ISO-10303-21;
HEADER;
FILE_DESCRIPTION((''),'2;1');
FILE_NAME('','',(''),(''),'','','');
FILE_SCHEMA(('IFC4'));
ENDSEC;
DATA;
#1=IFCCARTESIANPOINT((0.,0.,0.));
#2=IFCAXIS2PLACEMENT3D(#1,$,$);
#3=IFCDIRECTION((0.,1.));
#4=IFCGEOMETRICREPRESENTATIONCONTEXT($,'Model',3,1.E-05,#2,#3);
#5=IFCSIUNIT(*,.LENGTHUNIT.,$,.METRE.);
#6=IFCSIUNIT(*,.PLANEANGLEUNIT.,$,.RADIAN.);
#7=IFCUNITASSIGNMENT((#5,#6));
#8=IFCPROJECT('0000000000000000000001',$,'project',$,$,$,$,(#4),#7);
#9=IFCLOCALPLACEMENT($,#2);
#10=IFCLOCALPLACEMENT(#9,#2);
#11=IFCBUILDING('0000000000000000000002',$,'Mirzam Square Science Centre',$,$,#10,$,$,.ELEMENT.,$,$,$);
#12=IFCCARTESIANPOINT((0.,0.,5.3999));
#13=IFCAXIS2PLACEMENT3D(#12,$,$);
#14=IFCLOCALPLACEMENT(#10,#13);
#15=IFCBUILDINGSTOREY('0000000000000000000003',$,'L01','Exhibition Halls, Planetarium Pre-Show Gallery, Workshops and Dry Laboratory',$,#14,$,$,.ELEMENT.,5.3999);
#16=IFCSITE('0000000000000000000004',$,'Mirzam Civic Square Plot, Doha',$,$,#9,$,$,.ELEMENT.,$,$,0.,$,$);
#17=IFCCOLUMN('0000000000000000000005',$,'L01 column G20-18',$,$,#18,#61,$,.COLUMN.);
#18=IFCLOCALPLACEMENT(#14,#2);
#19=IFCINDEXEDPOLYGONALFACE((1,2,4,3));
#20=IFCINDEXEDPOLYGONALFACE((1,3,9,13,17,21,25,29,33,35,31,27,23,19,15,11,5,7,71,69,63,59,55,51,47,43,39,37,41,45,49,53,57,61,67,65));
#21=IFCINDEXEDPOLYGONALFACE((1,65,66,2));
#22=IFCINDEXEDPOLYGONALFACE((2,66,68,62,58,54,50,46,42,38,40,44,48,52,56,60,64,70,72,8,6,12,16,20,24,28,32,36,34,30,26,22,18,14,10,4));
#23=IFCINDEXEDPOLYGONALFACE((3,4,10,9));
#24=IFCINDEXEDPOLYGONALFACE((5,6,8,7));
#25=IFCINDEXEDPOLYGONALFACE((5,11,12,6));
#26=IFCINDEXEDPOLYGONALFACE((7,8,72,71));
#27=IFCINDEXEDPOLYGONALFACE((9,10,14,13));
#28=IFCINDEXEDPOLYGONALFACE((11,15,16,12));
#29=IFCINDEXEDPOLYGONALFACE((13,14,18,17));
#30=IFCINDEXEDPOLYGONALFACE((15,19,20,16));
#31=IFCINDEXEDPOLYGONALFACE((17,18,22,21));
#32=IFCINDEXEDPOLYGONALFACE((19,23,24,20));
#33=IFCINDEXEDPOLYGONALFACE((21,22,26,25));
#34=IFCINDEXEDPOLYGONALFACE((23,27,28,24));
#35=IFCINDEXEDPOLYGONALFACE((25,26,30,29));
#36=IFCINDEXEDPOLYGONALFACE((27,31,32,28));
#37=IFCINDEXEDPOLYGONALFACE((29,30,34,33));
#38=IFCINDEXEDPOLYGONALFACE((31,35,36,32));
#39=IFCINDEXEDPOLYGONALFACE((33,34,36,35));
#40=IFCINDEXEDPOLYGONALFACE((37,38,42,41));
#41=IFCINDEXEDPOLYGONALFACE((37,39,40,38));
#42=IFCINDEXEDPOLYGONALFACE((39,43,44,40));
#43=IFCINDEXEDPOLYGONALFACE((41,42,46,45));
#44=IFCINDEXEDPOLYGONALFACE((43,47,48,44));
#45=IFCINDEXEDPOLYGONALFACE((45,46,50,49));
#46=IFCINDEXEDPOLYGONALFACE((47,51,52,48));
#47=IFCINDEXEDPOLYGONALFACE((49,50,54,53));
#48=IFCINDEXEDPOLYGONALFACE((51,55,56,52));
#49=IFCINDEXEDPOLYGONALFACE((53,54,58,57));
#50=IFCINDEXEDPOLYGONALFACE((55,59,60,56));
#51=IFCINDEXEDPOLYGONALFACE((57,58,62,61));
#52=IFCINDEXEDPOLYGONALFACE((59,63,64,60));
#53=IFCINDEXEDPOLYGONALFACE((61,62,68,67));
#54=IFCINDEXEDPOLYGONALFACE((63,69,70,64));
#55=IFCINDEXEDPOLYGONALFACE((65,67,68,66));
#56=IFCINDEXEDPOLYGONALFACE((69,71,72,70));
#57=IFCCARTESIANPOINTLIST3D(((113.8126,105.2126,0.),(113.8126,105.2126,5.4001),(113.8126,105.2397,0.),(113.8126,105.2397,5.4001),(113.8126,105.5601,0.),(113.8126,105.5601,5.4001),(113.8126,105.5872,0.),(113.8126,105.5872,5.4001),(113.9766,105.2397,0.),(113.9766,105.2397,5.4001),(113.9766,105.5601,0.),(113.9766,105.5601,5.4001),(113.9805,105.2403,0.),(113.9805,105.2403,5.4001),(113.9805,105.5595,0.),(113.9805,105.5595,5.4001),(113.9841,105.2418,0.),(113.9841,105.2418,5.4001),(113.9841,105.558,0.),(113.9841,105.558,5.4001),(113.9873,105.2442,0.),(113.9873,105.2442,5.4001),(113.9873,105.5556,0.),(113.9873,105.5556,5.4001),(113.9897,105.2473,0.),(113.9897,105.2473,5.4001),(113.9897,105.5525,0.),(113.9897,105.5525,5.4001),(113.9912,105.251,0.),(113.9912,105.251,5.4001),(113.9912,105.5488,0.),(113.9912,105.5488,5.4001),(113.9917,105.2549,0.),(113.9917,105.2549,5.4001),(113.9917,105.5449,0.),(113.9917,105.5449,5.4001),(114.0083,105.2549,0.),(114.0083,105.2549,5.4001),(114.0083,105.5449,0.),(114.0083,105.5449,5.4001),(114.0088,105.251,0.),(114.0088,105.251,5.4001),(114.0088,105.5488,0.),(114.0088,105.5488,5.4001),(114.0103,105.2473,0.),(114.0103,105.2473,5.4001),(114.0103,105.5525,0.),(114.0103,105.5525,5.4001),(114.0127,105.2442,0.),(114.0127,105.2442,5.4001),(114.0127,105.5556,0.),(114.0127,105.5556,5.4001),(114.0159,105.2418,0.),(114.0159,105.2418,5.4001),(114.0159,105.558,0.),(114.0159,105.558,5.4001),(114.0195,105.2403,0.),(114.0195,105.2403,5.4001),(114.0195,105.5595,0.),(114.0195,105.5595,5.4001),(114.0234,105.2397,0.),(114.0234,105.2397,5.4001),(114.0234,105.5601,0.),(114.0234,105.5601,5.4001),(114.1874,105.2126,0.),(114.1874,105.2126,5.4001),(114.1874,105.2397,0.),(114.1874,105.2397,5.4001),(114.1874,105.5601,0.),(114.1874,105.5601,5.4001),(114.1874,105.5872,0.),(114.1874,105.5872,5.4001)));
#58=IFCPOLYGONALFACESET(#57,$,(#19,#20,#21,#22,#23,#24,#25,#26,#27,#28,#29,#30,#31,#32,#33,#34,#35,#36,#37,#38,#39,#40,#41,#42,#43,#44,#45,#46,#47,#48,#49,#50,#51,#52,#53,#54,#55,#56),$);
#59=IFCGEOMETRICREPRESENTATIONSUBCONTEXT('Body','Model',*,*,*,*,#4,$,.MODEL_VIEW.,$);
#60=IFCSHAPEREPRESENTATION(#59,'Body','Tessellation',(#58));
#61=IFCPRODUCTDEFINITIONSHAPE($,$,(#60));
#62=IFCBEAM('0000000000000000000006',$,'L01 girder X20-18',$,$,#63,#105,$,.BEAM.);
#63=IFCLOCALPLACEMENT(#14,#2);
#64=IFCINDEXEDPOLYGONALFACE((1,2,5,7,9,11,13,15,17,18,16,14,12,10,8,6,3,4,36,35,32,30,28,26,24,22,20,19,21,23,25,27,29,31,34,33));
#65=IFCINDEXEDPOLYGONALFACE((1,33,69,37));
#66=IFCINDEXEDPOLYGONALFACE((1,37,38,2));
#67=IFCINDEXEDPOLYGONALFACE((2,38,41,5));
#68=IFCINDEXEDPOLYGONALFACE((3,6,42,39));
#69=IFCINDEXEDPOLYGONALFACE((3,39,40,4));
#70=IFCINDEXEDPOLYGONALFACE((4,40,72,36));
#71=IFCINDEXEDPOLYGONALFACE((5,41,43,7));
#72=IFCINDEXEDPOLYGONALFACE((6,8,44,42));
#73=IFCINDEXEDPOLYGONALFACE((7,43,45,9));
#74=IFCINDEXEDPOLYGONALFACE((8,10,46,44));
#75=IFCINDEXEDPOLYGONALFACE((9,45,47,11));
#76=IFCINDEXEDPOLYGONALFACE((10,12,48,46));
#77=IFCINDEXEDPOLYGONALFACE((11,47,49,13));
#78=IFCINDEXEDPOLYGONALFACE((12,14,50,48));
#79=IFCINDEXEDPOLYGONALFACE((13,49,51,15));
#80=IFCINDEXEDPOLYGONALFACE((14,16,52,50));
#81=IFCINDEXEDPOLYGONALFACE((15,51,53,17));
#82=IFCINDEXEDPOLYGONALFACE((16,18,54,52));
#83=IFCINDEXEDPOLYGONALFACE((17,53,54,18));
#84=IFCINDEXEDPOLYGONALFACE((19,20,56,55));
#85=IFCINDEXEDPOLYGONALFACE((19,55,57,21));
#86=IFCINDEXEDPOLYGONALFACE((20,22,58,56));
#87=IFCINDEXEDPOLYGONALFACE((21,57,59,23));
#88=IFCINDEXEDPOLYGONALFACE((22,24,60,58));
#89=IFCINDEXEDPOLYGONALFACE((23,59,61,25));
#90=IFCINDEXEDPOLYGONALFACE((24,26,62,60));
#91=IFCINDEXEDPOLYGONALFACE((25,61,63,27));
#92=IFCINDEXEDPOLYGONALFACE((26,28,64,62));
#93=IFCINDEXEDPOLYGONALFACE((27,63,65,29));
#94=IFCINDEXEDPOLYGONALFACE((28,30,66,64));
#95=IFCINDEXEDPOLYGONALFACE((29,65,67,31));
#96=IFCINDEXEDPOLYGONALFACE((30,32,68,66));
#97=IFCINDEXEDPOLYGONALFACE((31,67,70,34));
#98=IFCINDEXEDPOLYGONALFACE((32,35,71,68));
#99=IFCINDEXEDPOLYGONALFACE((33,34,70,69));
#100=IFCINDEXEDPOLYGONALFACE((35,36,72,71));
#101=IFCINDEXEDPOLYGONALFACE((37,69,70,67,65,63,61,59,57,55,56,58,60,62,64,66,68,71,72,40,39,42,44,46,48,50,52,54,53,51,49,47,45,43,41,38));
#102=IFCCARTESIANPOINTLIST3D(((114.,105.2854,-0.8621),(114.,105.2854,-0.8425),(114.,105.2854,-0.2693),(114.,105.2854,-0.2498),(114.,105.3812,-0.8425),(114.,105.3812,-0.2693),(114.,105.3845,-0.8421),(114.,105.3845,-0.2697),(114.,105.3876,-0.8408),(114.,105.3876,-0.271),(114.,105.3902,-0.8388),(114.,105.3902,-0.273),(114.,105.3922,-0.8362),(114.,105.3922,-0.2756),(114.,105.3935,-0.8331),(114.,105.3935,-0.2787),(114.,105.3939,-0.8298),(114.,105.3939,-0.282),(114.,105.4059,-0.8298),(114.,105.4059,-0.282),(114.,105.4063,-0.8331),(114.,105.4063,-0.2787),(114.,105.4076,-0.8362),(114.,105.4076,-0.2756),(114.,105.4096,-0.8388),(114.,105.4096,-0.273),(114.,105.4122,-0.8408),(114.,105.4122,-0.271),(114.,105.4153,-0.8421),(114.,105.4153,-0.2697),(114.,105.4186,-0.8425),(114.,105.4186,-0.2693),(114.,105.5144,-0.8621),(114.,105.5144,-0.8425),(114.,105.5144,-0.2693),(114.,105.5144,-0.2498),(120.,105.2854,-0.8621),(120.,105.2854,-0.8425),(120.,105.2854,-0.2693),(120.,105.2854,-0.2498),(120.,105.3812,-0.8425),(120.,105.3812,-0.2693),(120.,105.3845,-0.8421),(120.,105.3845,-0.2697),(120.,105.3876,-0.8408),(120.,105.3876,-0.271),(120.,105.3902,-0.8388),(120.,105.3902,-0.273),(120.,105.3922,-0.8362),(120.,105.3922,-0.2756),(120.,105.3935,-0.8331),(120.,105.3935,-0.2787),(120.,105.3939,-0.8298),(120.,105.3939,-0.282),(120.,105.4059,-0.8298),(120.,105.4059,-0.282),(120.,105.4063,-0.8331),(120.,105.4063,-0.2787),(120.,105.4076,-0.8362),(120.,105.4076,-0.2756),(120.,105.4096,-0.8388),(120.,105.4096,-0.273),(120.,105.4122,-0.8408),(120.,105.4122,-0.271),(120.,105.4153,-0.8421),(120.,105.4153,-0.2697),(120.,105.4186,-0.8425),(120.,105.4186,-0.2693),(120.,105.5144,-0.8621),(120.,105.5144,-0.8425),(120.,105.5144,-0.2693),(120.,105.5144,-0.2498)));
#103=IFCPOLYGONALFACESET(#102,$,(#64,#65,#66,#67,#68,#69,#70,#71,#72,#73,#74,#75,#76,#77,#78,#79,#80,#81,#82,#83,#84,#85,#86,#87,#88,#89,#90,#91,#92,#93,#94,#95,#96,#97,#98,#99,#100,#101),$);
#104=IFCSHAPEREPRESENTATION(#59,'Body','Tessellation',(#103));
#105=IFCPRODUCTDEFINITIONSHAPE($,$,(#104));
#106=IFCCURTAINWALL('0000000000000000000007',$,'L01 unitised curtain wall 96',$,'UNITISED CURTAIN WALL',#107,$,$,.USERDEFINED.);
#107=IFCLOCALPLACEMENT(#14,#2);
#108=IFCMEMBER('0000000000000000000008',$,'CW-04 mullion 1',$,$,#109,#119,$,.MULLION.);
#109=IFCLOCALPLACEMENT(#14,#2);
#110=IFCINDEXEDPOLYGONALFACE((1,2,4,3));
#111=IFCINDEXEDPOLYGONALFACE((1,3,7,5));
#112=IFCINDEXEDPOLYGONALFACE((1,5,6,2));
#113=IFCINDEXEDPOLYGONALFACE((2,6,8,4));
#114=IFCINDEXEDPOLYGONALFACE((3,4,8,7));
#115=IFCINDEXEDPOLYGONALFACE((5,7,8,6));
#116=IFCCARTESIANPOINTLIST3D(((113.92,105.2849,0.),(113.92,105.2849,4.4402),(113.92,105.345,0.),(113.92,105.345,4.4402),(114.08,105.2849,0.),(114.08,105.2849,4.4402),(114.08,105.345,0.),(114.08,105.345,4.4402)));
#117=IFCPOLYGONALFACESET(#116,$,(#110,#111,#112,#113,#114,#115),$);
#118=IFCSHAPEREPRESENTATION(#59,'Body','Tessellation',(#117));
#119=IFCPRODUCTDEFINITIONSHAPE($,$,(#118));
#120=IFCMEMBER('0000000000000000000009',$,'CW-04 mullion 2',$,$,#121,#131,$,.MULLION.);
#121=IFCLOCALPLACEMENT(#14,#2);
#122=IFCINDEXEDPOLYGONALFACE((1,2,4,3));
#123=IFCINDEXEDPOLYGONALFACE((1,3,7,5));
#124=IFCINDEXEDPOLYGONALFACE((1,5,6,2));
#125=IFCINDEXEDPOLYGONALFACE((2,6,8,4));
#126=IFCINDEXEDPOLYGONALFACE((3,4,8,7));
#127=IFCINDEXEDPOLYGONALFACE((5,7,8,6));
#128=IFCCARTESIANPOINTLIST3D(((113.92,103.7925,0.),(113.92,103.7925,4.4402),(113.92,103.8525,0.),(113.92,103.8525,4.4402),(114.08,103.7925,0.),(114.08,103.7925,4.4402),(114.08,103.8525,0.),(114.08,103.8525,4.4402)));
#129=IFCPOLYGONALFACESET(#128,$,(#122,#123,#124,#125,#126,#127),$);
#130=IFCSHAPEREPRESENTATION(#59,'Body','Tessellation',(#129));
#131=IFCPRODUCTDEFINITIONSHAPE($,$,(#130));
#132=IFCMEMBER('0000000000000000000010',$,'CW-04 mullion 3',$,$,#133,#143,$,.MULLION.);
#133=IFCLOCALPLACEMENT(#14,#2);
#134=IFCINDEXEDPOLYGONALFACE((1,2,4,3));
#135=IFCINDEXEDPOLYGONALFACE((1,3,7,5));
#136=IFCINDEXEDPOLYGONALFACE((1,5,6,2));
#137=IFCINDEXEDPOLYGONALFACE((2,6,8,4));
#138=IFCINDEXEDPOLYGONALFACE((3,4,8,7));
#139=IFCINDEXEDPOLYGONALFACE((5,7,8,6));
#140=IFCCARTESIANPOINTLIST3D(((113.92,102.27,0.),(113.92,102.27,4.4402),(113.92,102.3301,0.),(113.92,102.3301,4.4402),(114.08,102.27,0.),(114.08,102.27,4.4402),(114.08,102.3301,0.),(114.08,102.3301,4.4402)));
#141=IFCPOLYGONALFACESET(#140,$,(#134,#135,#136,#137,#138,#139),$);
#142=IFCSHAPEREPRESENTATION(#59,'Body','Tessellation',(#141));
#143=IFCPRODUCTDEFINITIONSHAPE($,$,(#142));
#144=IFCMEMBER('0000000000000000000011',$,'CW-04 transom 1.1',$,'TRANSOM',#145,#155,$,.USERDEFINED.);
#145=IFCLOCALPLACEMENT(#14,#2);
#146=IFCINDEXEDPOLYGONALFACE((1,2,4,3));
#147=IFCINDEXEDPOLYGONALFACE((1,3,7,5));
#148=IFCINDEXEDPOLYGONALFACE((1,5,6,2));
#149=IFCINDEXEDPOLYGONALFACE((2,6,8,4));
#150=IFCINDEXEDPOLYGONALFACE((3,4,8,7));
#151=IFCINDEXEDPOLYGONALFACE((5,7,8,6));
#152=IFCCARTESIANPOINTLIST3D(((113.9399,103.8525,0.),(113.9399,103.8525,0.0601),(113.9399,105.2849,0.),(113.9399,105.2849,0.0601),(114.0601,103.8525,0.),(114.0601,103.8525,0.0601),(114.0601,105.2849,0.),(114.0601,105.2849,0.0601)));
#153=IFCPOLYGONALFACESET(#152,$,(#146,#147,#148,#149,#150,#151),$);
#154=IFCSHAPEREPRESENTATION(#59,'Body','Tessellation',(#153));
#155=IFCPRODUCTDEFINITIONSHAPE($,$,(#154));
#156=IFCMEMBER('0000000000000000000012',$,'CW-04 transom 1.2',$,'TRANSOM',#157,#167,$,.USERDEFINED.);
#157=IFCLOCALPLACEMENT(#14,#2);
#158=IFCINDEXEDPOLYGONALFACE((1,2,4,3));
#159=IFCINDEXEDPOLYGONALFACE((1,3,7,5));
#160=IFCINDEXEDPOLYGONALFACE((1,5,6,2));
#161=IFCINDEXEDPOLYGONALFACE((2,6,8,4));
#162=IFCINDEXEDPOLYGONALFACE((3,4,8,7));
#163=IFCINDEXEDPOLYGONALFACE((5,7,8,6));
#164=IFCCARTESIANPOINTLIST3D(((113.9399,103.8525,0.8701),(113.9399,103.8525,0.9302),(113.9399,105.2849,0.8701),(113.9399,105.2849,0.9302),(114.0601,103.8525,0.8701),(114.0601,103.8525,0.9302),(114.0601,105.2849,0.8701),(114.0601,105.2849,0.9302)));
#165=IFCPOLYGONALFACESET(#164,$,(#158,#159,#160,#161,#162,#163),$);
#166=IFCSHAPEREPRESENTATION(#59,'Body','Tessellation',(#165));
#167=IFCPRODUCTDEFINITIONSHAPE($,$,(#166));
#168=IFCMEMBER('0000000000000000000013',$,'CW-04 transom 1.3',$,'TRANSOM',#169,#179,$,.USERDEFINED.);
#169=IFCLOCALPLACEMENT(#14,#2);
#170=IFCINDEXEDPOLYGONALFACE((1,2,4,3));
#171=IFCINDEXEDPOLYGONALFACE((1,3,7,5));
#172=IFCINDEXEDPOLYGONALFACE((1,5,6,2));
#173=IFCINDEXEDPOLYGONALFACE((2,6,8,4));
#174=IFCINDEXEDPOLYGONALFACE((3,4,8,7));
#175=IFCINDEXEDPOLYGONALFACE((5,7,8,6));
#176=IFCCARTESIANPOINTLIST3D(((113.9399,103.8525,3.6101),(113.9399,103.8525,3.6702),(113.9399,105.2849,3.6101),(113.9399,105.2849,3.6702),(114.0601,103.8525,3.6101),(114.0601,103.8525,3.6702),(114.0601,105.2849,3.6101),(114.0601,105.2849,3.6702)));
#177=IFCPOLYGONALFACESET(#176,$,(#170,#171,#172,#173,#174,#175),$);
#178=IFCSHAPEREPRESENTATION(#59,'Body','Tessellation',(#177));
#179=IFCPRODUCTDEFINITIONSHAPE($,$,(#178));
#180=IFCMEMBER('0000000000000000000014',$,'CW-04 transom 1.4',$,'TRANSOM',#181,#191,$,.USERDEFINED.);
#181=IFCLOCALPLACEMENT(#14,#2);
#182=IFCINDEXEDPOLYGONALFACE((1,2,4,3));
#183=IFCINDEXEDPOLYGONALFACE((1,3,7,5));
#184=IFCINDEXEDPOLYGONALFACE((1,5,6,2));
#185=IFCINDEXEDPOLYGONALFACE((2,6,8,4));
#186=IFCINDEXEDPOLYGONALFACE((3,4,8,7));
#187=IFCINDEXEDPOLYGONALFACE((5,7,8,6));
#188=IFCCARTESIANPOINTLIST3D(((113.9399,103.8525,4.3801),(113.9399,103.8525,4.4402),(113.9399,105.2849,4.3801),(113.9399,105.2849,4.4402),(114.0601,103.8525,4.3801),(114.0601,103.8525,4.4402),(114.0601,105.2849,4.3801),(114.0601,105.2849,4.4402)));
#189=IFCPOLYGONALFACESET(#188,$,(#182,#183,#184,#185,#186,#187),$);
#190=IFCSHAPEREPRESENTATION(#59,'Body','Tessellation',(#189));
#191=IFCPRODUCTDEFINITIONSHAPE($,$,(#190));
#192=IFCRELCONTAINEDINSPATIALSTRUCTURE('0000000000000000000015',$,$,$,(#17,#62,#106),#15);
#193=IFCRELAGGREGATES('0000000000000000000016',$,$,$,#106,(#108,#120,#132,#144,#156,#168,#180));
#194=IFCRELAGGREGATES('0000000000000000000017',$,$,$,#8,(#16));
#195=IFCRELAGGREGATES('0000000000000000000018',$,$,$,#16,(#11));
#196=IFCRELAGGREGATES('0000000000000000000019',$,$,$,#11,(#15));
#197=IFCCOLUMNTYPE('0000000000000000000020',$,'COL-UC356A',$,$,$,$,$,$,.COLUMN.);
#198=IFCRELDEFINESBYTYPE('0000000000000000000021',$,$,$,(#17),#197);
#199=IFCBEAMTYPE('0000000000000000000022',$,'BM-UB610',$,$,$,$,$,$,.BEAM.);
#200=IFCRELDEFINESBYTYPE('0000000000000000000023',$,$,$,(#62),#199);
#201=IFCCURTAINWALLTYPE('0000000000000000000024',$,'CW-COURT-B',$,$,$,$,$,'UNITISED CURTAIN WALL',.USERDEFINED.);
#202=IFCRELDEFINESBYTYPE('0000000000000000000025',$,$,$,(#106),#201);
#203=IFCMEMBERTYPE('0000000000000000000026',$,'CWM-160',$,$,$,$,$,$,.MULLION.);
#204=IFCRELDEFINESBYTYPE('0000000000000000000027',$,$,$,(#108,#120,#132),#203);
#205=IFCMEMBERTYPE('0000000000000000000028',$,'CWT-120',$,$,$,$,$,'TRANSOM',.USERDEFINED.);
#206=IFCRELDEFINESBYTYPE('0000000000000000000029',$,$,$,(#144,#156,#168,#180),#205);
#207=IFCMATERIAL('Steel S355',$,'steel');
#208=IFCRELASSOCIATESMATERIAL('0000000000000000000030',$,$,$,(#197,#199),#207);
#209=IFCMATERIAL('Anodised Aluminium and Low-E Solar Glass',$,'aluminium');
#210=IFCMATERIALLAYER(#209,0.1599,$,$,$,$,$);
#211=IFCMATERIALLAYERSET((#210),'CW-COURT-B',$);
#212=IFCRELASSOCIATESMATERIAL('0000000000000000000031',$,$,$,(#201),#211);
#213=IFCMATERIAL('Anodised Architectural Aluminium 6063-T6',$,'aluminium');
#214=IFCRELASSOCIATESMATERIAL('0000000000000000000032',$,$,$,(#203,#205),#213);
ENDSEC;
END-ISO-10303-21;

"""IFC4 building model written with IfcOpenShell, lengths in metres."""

from ifc_helpers import new_model, si_unit, direction, frame, origin, origin_2d, place, context, subcontext, project, spatial, rectangle, i_section, extrude, material, layer, layer_set, material_profile, profile_set, type_object, element, aggregate, save


model = new_model("IFC4")

# Units and contexts
model_context = context("Model", 3, precision=1e-05, world=origin(), true_north=direction((0.0, 1.0)))
body_context = subcontext(model_context, "Body", "Model", "MODEL_VIEW")
ifc_project = project(units=[si_unit("LENGTHUNIT", "METRE"), si_unit("PLANEANGLEUNIT", "RADIAN")], contexts=[model_context])

# Site, building, storey
site_placement = place(None, origin())
site = spatial("IfcSite", under=ifc_project, at=site_placement, Name="Mirzam Civic Square Plot, Doha", CompositionType="ELEMENT", RefElevation=0.0)
building_placement = place(site_placement, origin())
building = spatial("IfcBuilding", under=site, at=building_placement, Name="Mirzam Square Science Centre", CompositionType="ELEMENT")
storey_placement = place(building_placement, frame((0.0, 0.0, 5.3999)))
storey = spatial("IfcBuildingStorey", under=building, at=storey_placement, Name="L01", Description="Exhibition Halls, Planetarium Pre-Show Gallery, Workshops and Dry Laboratory", CompositionType="ELEMENT", Elevation=5.3999)

# Column
ifc_material_1 = material(Name="Steel S355", Category="steel")
ifc_material_profile_1 = material_profile(ifc_material_1, i_section(OverallWidth=0.3748, OverallDepth=0.3745, WebThickness=0.0166, FlangeThickness=0.0271, FilletRadius=0.0151, at=origin_2d()), Name="356x368x202UC")
ifc_profile_set_1 = profile_set([ifc_material_profile_1], Name="Steel S355")
column_type = type_object("IfcColumnType", Name="COL-UC356A", PredefinedType="COLUMN", material=ifc_profile_set_1)
column_placement = place(storey_placement, frame((114.0, 105.3999, 0.0), z_axis=(0.0, 0.0, 1.0), x_axis=(1.0, 0.0, 0.0)))
element("IfcColumn", 1, at=column_placement, inside=storey, type_object=column_type, Name="L01 column G20-18", PredefinedType="COLUMN", context=body_context, shape_type="SweptSolid", body=[
    extrude(i_section(OverallWidth=0.3748, OverallDepth=0.3745, WebThickness=0.0166, FlangeThickness=0.0271, FilletRadius=0.0151, at=origin_2d()), origin(), (0.0, 0.0, 1.0), 5.4001),
])

# Beam
ifc_material_profile_2 = material_profile(ifc_material_1, i_section(OverallWidth=0.229, OverallDepth=0.6123, WebThickness=0.012, FlangeThickness=0.0195, FilletRadius=0.0127, at=origin_2d()), Name="610x229x125UB")
ifc_profile_set_2 = profile_set([ifc_material_profile_2], Name="Steel S355")
beam_type_1 = type_object("IfcBeamType", Name="BM-UB610", PredefinedType="BEAM", material=ifc_profile_set_2)
beam_1_placement = place(storey_placement, frame((114.0, 105.3999, -0.5559), z_axis=(1.0, 0.0, 0.0), x_axis=(0.0, 1.0, 0.0)))
element("IfcBeam", 2, at=beam_1_placement, inside=storey, type_object=beam_type_1, Name="L01 girder X20-18", PredefinedType="BEAM", context=body_context, shape_type="SweptSolid", body=[
    extrude(i_section(OverallWidth=0.229, OverallDepth=0.6123, WebThickness=0.012, FlangeThickness=0.0195, FilletRadius=0.0127, at=origin_2d()), origin(), (0.0, 0.0, 1.0), 6.0),
])

# Curtain wall, members
ifc_material_2 = material(Name="Anodised Aluminium and Low-E Solar Glass", Category="aluminium")
ifc_layer_1 = layer(ifc_material_2, 0.1599)
ifc_layer_set_1 = layer_set([ifc_layer_1], Name="CW-COURT-B")
curtain_wall_type = type_object("IfcCurtainWallType", Name="CW-COURT-B", ElementType="UNITISED CURTAIN WALL", PredefinedType="USERDEFINED", material=ifc_layer_set_1)
curtain_wall_placement = place(storey_placement, origin())
curtain_wall = element("IfcCurtainWall", 3, at=curtain_wall_placement, inside=storey, type_object=curtain_wall_type, Name="L01 unitised curtain wall 96", ObjectType="UNITISED CURTAIN WALL", PredefinedType="USERDEFINED")
ifc_material_3 = material(Name="Anodised Architectural Aluminium 6063-T6", Category="aluminium")
ifc_material_profile_3 = material_profile(ifc_material_3, rectangle(XDim=0.0601, YDim=0.1599, at=origin_2d()), Name="ALU-MULL-160x60x4")
ifc_profile_set_3 = profile_set([ifc_material_profile_3], Name="Anodised Architectural Aluminium 6063-T6")
member_type_1 = type_object("IfcMemberType", Name="CWM-160", PredefinedType="MULLION", material=ifc_profile_set_3)
member_1_placement = place(storey_placement, frame((114.0, 105.3149, 0.0), z_axis=(0.0, 0.0, 1.0), x_axis=(0.0, -1.0, 0.0)))
member_1 = element("IfcMember", 4, at=member_1_placement, type_object=member_type_1, Name="CW-04 mullion 1", PredefinedType="MULLION", context=body_context, shape_type="SweptSolid", body=[
    extrude(rectangle(XDim=0.0601, YDim=0.1599, at=origin_2d()), origin(), (0.0, 0.0, 1.0), 4.4402),
])
member_2_placement = place(storey_placement, frame((114.0, 103.8225, 0.0), z_axis=(0.0, 0.0, 1.0), x_axis=(0.0, -1.0, 0.0)))
member_2 = element("IfcMember", 5, at=member_2_placement, type_object=member_type_1, Name="CW-04 mullion 2", PredefinedType="MULLION", context=body_context, shape_type="SweptSolid", body=[
    extrude(rectangle(XDim=0.0601, YDim=0.1599, at=origin_2d()), origin(), (0.0, 0.0, 1.0), 4.4402),
])
member_3_placement = place(storey_placement, frame((114.0, 102.3, 0.0), z_axis=(0.0, 0.0, 1.0), x_axis=(0.0, -1.0, 0.0)))
member_3 = element("IfcMember", 6, at=member_3_placement, type_object=member_type_1, Name="CW-04 mullion 3", PredefinedType="MULLION", context=body_context, shape_type="SweptSolid", body=[
    extrude(rectangle(XDim=0.0601, YDim=0.1599, at=origin_2d()), origin(), (0.0, 0.0, 1.0), 4.4402),
])
ifc_material_profile_4 = material_profile(ifc_material_3, rectangle(XDim=0.1201, YDim=0.0601, at=origin_2d()), Name="ALU-TRAN-120x60x4")
ifc_profile_set_4 = profile_set([ifc_material_profile_4], Name="Anodised Architectural Aluminium 6063-T6")
member_type_2 = type_object("IfcMemberType", Name="CWT-120", ElementType="TRANSOM", PredefinedType="USERDEFINED", material=ifc_profile_set_4)
member_4_placement = place(storey_placement, frame((114.0, 105.2849, 0.03), z_axis=(0.0, -1.0, 0.0), x_axis=(1.0, 0.0, 0.0)))
member_4 = element("IfcMember", 7, at=member_4_placement, type_object=member_type_2, Name="CW-04 transom 1.1", ObjectType="TRANSOM", PredefinedType="USERDEFINED", context=body_context, shape_type="SweptSolid", body=[
    extrude(rectangle(XDim=0.1201, YDim=0.0601, at=origin_2d()), origin(), (0.0, 0.0, 1.0), 1.4324),
])
member_5_placement = place(storey_placement, frame((114.0, 105.2849, 0.9001), z_axis=(0.0, -1.0, 0.0), x_axis=(1.0, 0.0, 0.0)))
member_5 = element("IfcMember", 8, at=member_5_placement, type_object=member_type_2, Name="CW-04 transom 1.2", ObjectType="TRANSOM", PredefinedType="USERDEFINED", context=body_context, shape_type="SweptSolid", body=[
    extrude(rectangle(XDim=0.1201, YDim=0.0601, at=origin_2d()), origin(), (0.0, 0.0, 1.0), 1.4324),
])
member_6_placement = place(storey_placement, frame((114.0, 105.2849, 3.6401), z_axis=(0.0, -1.0, 0.0), x_axis=(1.0, 0.0, 0.0)))
member_6 = element("IfcMember", 9, at=member_6_placement, type_object=member_type_2, Name="CW-04 transom 1.3", ObjectType="TRANSOM", PredefinedType="USERDEFINED", context=body_context, shape_type="SweptSolid", body=[
    extrude(rectangle(XDim=0.1201, YDim=0.0601, at=origin_2d()), origin(), (0.0, 0.0, 1.0), 1.4324),
])
member_7_placement = place(storey_placement, frame((114.0, 105.2849, 4.4102), z_axis=(0.0, -1.0, 0.0), x_axis=(1.0, 0.0, 0.0)))
member_7 = element("IfcMember", 10, at=member_7_placement, type_object=member_type_2, Name="CW-04 transom 1.4", ObjectType="TRANSOM", PredefinedType="USERDEFINED", context=body_context, shape_type="SweptSolid", body=[
    extrude(rectangle(XDim=0.1201, YDim=0.0601, at=origin_2d()), origin(), (0.0, 0.0, 1.0), 1.4324),
])

aggregate(curtain_wall, [member_1, member_2, member_3, member_4, member_5, member_6, member_7])

save(model, "model.ifc")
